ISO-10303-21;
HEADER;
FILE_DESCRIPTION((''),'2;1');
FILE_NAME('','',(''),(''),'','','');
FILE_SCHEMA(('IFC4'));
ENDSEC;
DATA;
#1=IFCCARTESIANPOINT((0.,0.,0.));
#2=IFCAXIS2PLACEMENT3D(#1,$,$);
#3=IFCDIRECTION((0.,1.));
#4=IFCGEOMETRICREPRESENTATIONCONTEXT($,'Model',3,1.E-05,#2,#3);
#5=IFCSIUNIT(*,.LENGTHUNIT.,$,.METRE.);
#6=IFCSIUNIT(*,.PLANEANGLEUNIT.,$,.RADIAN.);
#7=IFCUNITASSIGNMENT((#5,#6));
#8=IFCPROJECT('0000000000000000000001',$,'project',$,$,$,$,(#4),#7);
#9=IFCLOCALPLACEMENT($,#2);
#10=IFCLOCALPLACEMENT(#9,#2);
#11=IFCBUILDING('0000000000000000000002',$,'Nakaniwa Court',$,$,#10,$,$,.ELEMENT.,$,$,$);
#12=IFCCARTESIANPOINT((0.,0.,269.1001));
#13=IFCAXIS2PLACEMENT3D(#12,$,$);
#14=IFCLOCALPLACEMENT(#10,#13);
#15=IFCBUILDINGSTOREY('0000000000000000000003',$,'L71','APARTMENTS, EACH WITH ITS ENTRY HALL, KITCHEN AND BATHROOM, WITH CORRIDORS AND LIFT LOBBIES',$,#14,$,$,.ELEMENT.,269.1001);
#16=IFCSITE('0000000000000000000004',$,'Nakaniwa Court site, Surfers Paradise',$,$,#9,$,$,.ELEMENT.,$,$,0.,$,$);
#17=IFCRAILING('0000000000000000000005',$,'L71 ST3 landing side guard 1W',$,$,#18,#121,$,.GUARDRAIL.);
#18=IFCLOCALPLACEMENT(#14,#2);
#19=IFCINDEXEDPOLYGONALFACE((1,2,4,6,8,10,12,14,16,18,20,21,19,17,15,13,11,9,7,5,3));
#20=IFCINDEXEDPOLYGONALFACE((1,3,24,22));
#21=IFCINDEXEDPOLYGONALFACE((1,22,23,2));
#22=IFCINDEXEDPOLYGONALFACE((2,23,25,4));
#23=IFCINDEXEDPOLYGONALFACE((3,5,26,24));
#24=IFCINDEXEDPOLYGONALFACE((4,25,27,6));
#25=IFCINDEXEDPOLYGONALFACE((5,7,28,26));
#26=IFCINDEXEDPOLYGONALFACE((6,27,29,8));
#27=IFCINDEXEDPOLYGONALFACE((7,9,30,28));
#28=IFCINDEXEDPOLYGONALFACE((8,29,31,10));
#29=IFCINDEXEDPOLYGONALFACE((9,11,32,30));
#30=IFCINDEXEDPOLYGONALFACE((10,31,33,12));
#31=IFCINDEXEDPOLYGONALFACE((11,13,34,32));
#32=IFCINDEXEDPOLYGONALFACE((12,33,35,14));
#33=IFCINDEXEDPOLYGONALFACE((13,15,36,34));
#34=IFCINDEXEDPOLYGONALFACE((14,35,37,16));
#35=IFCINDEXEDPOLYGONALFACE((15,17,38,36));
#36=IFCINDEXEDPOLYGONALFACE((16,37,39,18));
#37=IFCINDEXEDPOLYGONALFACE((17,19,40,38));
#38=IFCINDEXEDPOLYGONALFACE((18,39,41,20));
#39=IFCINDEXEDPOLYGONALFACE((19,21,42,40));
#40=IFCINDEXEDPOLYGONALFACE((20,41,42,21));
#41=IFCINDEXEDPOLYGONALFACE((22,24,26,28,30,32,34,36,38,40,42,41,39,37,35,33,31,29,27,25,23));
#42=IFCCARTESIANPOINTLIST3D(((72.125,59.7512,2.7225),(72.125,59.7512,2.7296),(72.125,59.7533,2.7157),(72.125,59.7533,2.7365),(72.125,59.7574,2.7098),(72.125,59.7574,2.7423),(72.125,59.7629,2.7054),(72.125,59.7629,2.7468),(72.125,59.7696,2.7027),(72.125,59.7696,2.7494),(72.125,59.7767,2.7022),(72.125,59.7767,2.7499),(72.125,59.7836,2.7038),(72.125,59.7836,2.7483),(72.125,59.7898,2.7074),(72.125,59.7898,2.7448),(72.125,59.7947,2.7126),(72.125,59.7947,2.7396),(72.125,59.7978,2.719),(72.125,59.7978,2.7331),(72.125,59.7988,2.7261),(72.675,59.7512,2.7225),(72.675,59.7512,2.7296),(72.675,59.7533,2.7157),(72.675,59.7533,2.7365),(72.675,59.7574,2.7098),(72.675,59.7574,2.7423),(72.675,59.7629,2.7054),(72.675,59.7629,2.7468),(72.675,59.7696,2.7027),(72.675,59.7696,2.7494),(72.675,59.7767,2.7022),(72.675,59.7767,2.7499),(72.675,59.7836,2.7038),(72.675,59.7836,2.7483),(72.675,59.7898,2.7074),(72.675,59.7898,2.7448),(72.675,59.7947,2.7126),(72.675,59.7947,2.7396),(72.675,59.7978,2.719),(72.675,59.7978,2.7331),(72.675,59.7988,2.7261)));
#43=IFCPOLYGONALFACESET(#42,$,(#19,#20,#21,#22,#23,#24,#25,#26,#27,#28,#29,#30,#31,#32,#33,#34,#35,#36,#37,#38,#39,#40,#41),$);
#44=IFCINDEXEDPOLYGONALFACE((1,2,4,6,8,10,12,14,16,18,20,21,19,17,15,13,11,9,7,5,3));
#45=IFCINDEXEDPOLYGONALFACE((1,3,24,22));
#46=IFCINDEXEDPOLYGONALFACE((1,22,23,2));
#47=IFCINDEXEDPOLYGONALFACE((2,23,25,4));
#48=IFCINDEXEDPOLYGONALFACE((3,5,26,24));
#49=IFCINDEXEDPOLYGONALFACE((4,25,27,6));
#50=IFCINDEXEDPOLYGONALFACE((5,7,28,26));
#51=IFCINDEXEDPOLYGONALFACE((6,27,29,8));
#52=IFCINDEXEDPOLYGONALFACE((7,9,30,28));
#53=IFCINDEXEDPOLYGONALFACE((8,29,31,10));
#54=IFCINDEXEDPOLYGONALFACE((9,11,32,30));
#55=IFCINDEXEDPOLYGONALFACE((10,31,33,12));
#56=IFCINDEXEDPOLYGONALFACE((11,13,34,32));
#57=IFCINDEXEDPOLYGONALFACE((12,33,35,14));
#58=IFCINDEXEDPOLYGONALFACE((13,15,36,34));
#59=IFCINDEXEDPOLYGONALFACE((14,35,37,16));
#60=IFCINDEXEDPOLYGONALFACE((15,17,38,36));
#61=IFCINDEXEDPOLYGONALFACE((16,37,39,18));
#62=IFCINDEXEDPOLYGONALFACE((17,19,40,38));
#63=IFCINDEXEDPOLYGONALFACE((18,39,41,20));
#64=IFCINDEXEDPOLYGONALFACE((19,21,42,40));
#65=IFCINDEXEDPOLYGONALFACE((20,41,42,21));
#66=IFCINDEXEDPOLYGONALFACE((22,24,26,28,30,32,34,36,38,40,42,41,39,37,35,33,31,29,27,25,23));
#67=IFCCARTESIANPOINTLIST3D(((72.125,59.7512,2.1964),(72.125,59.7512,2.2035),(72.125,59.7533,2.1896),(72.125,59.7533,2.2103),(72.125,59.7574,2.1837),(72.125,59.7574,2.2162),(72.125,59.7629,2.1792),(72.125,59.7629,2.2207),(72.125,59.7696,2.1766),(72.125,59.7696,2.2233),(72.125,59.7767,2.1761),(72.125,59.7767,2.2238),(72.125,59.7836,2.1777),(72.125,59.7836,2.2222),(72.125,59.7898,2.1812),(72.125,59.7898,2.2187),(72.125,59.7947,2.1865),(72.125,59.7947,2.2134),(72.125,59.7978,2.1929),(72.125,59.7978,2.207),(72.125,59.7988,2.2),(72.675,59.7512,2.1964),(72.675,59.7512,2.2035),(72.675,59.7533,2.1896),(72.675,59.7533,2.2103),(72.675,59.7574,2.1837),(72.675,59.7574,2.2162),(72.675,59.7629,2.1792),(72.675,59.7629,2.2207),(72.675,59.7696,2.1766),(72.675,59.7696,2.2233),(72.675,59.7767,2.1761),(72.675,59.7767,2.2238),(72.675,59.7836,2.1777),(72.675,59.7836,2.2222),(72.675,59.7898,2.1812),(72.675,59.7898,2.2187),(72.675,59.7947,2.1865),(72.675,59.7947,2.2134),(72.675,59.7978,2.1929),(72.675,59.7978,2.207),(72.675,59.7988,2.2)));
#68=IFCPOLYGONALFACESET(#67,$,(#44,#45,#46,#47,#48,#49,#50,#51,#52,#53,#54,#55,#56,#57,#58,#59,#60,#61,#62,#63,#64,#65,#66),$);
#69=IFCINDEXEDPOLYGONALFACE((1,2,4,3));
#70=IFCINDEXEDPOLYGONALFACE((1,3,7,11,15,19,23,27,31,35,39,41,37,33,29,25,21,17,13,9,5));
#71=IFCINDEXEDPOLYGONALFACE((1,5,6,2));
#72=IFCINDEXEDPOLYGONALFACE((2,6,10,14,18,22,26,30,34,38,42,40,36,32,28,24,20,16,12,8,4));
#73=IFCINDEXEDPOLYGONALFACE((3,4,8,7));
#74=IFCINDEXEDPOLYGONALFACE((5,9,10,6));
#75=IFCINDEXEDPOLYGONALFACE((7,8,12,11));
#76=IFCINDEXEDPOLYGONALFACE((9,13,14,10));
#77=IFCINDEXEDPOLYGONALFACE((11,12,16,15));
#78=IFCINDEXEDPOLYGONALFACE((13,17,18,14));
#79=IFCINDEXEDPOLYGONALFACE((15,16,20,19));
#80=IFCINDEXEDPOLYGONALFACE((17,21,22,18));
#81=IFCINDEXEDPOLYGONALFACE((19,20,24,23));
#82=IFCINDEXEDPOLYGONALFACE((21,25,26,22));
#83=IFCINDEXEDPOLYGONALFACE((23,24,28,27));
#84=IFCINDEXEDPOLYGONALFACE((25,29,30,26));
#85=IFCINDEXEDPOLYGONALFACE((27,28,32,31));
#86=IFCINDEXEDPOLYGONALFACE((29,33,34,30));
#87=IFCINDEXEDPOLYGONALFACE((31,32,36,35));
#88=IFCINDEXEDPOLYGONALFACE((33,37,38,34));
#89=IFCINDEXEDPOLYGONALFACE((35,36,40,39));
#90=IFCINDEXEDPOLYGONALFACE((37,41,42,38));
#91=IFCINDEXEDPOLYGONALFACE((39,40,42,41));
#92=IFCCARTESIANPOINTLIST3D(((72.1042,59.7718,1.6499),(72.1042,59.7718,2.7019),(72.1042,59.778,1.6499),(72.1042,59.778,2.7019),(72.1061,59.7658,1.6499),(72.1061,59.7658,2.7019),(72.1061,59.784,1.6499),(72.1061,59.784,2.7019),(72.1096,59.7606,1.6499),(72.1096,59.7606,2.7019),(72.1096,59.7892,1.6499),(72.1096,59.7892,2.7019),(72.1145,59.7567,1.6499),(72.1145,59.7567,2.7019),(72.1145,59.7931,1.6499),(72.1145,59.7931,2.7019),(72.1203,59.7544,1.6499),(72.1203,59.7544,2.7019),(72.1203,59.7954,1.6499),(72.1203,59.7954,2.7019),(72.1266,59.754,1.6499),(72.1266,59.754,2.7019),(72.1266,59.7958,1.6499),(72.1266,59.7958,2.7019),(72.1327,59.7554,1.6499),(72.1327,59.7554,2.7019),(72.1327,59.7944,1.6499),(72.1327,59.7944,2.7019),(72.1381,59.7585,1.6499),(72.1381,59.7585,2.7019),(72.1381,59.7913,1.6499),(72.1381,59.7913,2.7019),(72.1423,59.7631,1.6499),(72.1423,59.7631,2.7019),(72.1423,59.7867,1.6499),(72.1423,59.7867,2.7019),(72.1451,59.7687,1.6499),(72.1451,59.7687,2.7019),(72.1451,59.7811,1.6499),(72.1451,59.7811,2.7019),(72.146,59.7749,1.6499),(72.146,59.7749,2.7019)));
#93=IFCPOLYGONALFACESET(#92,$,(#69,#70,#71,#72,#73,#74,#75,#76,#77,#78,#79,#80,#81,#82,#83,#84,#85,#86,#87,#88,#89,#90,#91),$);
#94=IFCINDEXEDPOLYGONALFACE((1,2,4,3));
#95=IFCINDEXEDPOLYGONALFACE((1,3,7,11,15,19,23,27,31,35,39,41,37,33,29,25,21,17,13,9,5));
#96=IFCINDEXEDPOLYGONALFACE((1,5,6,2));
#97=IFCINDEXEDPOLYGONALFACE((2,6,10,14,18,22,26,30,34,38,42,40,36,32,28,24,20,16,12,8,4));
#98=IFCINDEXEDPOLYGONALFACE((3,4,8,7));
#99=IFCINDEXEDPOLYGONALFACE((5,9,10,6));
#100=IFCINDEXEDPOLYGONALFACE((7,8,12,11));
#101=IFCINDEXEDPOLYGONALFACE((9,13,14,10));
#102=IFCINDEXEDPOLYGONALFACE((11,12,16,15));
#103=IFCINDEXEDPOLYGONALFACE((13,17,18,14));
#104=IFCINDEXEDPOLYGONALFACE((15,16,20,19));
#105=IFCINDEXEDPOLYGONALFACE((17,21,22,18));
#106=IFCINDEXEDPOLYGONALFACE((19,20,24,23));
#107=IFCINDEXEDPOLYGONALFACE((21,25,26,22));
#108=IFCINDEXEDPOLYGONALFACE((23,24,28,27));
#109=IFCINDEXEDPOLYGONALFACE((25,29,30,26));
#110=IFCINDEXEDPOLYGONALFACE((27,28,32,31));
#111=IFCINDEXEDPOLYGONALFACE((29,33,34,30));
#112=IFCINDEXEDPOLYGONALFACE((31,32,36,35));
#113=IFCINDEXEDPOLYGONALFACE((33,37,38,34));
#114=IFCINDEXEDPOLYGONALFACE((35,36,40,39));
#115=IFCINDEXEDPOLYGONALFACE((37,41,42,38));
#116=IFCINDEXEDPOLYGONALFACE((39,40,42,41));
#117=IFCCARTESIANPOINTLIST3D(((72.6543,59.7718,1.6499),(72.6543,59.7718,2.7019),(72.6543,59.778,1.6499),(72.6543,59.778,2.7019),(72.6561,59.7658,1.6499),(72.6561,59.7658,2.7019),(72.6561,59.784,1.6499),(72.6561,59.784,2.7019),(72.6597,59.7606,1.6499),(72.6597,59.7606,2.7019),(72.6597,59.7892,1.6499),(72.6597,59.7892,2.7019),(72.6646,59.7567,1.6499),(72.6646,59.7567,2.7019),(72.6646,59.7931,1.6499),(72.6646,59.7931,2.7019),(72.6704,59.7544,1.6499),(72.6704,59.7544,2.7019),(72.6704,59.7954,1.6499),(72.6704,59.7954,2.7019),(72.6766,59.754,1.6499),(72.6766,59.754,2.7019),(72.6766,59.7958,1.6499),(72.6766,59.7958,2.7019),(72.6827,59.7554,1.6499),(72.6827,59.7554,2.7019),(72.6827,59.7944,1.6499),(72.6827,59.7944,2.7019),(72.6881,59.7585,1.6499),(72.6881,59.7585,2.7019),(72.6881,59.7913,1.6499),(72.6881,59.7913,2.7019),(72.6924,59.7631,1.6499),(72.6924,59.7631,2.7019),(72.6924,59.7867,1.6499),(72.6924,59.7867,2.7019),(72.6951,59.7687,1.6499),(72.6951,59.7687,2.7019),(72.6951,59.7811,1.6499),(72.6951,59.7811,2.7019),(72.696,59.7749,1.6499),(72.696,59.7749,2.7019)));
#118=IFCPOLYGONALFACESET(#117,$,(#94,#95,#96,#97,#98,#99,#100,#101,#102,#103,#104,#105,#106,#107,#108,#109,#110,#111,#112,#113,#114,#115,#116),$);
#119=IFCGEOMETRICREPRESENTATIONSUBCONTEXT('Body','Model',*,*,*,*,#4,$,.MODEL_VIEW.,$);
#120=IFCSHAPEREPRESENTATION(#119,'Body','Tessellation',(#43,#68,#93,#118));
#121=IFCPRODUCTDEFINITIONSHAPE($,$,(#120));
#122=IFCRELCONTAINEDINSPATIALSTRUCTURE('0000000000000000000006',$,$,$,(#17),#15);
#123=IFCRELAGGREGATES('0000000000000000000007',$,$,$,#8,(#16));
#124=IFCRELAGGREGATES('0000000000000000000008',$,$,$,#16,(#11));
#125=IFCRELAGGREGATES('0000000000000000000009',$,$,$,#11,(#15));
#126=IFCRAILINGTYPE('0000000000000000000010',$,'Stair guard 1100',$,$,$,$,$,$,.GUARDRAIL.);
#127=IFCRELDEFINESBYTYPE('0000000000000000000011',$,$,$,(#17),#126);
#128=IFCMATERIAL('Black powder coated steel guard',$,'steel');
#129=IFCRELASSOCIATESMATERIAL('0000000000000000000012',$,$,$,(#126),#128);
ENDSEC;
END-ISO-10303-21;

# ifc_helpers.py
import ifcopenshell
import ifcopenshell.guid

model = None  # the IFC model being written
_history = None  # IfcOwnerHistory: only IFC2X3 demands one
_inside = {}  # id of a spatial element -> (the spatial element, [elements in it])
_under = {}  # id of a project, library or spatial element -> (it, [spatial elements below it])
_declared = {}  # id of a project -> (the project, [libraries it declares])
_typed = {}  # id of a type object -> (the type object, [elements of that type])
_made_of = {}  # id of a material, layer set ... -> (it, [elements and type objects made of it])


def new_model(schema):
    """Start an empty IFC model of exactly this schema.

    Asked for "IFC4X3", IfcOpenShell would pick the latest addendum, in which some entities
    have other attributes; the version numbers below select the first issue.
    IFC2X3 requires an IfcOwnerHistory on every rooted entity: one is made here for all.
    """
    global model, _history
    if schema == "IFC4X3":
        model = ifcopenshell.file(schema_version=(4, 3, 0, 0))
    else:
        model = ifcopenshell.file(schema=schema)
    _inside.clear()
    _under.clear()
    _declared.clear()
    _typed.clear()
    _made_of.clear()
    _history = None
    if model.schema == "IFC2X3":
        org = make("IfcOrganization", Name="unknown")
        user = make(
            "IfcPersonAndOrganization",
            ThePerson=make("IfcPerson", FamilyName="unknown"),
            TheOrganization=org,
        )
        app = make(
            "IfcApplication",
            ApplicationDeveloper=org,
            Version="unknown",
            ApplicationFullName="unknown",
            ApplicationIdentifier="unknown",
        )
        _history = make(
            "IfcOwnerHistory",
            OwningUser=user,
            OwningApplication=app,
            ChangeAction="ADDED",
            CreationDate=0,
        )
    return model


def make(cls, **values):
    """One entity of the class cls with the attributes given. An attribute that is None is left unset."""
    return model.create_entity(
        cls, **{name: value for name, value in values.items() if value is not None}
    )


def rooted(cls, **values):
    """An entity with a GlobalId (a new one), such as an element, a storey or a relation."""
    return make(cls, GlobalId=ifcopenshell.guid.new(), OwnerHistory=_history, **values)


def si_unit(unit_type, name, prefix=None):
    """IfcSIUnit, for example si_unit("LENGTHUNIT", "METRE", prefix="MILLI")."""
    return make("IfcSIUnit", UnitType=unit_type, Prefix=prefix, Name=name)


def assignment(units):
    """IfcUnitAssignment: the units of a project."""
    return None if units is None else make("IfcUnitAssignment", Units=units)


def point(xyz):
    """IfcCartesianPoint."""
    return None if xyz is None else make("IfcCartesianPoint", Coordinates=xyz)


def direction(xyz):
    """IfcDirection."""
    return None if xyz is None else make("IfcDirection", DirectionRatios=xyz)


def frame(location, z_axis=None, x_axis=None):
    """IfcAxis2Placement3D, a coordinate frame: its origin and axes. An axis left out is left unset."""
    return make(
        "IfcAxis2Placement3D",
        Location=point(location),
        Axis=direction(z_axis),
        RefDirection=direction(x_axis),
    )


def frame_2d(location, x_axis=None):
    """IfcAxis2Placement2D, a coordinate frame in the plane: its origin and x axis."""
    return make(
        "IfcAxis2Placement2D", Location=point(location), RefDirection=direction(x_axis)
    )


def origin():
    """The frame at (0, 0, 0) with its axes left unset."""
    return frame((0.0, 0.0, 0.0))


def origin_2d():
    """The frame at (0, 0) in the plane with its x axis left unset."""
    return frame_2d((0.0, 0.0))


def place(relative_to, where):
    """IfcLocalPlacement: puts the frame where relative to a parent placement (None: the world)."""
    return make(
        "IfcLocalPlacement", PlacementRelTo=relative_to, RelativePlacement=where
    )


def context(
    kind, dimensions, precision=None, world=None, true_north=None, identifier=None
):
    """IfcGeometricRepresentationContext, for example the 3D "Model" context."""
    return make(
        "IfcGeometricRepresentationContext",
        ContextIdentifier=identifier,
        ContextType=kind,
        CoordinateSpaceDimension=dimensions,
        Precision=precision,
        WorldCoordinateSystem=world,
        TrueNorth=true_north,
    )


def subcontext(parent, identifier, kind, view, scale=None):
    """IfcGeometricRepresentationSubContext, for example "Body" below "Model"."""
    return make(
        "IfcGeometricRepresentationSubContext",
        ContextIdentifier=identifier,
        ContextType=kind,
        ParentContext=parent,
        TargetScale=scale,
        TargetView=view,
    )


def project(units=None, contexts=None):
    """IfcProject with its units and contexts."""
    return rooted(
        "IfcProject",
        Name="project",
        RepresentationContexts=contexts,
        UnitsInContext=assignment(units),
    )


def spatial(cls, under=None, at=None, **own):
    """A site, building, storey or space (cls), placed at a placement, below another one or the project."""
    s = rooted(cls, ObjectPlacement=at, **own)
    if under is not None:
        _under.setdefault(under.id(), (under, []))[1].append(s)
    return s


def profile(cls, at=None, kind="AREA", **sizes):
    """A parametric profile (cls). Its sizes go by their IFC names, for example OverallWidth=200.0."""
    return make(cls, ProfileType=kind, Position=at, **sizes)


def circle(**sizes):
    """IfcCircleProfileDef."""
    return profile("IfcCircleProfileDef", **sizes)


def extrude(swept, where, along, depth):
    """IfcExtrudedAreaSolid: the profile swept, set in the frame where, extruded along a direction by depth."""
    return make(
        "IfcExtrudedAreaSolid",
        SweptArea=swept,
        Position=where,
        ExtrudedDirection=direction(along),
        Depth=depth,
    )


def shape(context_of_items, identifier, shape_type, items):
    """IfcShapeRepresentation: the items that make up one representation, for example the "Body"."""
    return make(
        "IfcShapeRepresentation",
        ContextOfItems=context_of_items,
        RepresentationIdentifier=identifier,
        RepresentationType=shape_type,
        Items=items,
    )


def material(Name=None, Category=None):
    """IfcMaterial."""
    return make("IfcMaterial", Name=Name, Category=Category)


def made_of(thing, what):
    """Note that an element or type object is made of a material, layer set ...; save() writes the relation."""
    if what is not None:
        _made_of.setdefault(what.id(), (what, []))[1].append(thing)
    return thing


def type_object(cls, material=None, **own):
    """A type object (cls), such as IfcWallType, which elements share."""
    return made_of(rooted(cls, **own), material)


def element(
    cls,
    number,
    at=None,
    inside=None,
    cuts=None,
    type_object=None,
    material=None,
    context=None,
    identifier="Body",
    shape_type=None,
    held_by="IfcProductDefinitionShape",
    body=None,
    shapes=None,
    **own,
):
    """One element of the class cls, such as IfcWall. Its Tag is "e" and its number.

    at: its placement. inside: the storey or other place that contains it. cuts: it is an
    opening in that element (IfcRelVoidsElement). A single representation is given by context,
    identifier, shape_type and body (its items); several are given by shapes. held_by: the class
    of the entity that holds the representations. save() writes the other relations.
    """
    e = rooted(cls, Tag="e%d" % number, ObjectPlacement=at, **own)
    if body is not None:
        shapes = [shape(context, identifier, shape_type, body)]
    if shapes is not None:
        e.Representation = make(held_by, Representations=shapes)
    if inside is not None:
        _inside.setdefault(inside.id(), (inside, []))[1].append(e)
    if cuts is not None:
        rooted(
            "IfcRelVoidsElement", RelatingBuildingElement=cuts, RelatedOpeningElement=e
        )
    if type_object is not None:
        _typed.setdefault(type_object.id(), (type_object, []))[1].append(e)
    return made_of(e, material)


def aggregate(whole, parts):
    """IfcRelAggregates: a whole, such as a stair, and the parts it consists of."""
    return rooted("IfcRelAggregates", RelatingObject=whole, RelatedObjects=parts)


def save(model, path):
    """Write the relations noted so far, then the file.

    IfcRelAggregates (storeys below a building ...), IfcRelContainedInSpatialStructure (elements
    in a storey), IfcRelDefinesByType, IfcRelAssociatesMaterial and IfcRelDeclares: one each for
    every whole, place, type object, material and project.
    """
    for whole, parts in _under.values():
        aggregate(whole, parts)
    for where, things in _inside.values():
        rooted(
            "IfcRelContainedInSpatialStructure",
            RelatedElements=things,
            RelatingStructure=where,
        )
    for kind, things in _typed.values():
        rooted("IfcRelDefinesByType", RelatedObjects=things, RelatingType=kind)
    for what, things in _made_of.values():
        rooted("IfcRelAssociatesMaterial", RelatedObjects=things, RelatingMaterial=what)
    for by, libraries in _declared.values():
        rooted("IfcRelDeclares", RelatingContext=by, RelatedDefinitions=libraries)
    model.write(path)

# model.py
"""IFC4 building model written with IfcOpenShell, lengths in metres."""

from ifc_helpers import new_model, si_unit, direction, frame, origin, origin_2d, place, context, subcontext, project, spatial, circle, extrude, material, type_object, element, save


model = new_model("IFC4")

# Units and contexts
model_context = context("Model", 3, precision=1e-05, world=origin(), true_north=direction((0.0, 1.0)))
body_context = subcontext(model_context, "Body", "Model", "MODEL_VIEW")
ifc_project = project(units=[si_unit("LENGTHUNIT", "METRE"), si_unit("PLANEANGLEUNIT", "RADIAN")], contexts=[model_context])

# Site, building, storey
site_placement = place(None, origin())
site = spatial("IfcSite", under=ifc_project, at=site_placement, Name="Nakaniwa Court site, Surfers Paradise", CompositionType="ELEMENT", RefElevation=0.0)
building_placement = place(site_placement, origin())
building = spatial("IfcBuilding", under=site, at=building_placement, Name="Nakaniwa Court", CompositionType="ELEMENT")
storey_placement = place(building_placement, frame((0.0, 0.0, 269.1001)))
storey = spatial("IfcBuildingStorey", under=building, at=storey_placement, Name="L71", Description="APARTMENTS, EACH WITH ITS ENTRY HALL, KITCHEN AND BATHROOM, WITH CORRIDORS AND LIFT LOBBIES", CompositionType="ELEMENT", Elevation=269.1001)

# Railing
ifc_material_1 = material(Name="Black powder coated steel guard", Category="steel")
railing_type_1 = type_object("IfcRailingType", Name="Stair guard 1100", PredefinedType="GUARDRAIL", material=ifc_material_1)
for number, where, name in (
    (1, (72.125, 59.7749, 1.6499), "L71 ST3 landing side guard 1W"),
):
    element("IfcRailing", number, at=place(storey_placement, frame(where)), inside=storey, type_object=railing_type_1, Name=name, PredefinedType="GUARDRAIL", context=body_context, shape_type="SweptSolid", body=[
        extrude(circle(Radius=0.0239, at=origin_2d()), frame((0.0, 0.0, 1.0762), z_axis=(1.0, 0.0, 0.0), x_axis=(0.0, 1.0, 0.0)), (0.0, 0.0, 1.0), 0.55),
        extrude(circle(Radius=0.0239, at=origin_2d()), frame((0.0, 0.0, 0.55), z_axis=(1.0, 0.0, 0.0), x_axis=(0.0, 1.0, 0.0)), (0.0, 0.0, 1.0), 0.55),
        extrude(circle(Radius=0.021, at=origin_2d()), origin(), (0.0, 0.0, 1.0), 1.052),
        extrude(circle(Radius=0.021, at=origin_2d()), frame((0.55, 0.0, 0.0)), (0.0, 0.0, 1.0), 1.052),
    ])

save(model, "model.ifc")
